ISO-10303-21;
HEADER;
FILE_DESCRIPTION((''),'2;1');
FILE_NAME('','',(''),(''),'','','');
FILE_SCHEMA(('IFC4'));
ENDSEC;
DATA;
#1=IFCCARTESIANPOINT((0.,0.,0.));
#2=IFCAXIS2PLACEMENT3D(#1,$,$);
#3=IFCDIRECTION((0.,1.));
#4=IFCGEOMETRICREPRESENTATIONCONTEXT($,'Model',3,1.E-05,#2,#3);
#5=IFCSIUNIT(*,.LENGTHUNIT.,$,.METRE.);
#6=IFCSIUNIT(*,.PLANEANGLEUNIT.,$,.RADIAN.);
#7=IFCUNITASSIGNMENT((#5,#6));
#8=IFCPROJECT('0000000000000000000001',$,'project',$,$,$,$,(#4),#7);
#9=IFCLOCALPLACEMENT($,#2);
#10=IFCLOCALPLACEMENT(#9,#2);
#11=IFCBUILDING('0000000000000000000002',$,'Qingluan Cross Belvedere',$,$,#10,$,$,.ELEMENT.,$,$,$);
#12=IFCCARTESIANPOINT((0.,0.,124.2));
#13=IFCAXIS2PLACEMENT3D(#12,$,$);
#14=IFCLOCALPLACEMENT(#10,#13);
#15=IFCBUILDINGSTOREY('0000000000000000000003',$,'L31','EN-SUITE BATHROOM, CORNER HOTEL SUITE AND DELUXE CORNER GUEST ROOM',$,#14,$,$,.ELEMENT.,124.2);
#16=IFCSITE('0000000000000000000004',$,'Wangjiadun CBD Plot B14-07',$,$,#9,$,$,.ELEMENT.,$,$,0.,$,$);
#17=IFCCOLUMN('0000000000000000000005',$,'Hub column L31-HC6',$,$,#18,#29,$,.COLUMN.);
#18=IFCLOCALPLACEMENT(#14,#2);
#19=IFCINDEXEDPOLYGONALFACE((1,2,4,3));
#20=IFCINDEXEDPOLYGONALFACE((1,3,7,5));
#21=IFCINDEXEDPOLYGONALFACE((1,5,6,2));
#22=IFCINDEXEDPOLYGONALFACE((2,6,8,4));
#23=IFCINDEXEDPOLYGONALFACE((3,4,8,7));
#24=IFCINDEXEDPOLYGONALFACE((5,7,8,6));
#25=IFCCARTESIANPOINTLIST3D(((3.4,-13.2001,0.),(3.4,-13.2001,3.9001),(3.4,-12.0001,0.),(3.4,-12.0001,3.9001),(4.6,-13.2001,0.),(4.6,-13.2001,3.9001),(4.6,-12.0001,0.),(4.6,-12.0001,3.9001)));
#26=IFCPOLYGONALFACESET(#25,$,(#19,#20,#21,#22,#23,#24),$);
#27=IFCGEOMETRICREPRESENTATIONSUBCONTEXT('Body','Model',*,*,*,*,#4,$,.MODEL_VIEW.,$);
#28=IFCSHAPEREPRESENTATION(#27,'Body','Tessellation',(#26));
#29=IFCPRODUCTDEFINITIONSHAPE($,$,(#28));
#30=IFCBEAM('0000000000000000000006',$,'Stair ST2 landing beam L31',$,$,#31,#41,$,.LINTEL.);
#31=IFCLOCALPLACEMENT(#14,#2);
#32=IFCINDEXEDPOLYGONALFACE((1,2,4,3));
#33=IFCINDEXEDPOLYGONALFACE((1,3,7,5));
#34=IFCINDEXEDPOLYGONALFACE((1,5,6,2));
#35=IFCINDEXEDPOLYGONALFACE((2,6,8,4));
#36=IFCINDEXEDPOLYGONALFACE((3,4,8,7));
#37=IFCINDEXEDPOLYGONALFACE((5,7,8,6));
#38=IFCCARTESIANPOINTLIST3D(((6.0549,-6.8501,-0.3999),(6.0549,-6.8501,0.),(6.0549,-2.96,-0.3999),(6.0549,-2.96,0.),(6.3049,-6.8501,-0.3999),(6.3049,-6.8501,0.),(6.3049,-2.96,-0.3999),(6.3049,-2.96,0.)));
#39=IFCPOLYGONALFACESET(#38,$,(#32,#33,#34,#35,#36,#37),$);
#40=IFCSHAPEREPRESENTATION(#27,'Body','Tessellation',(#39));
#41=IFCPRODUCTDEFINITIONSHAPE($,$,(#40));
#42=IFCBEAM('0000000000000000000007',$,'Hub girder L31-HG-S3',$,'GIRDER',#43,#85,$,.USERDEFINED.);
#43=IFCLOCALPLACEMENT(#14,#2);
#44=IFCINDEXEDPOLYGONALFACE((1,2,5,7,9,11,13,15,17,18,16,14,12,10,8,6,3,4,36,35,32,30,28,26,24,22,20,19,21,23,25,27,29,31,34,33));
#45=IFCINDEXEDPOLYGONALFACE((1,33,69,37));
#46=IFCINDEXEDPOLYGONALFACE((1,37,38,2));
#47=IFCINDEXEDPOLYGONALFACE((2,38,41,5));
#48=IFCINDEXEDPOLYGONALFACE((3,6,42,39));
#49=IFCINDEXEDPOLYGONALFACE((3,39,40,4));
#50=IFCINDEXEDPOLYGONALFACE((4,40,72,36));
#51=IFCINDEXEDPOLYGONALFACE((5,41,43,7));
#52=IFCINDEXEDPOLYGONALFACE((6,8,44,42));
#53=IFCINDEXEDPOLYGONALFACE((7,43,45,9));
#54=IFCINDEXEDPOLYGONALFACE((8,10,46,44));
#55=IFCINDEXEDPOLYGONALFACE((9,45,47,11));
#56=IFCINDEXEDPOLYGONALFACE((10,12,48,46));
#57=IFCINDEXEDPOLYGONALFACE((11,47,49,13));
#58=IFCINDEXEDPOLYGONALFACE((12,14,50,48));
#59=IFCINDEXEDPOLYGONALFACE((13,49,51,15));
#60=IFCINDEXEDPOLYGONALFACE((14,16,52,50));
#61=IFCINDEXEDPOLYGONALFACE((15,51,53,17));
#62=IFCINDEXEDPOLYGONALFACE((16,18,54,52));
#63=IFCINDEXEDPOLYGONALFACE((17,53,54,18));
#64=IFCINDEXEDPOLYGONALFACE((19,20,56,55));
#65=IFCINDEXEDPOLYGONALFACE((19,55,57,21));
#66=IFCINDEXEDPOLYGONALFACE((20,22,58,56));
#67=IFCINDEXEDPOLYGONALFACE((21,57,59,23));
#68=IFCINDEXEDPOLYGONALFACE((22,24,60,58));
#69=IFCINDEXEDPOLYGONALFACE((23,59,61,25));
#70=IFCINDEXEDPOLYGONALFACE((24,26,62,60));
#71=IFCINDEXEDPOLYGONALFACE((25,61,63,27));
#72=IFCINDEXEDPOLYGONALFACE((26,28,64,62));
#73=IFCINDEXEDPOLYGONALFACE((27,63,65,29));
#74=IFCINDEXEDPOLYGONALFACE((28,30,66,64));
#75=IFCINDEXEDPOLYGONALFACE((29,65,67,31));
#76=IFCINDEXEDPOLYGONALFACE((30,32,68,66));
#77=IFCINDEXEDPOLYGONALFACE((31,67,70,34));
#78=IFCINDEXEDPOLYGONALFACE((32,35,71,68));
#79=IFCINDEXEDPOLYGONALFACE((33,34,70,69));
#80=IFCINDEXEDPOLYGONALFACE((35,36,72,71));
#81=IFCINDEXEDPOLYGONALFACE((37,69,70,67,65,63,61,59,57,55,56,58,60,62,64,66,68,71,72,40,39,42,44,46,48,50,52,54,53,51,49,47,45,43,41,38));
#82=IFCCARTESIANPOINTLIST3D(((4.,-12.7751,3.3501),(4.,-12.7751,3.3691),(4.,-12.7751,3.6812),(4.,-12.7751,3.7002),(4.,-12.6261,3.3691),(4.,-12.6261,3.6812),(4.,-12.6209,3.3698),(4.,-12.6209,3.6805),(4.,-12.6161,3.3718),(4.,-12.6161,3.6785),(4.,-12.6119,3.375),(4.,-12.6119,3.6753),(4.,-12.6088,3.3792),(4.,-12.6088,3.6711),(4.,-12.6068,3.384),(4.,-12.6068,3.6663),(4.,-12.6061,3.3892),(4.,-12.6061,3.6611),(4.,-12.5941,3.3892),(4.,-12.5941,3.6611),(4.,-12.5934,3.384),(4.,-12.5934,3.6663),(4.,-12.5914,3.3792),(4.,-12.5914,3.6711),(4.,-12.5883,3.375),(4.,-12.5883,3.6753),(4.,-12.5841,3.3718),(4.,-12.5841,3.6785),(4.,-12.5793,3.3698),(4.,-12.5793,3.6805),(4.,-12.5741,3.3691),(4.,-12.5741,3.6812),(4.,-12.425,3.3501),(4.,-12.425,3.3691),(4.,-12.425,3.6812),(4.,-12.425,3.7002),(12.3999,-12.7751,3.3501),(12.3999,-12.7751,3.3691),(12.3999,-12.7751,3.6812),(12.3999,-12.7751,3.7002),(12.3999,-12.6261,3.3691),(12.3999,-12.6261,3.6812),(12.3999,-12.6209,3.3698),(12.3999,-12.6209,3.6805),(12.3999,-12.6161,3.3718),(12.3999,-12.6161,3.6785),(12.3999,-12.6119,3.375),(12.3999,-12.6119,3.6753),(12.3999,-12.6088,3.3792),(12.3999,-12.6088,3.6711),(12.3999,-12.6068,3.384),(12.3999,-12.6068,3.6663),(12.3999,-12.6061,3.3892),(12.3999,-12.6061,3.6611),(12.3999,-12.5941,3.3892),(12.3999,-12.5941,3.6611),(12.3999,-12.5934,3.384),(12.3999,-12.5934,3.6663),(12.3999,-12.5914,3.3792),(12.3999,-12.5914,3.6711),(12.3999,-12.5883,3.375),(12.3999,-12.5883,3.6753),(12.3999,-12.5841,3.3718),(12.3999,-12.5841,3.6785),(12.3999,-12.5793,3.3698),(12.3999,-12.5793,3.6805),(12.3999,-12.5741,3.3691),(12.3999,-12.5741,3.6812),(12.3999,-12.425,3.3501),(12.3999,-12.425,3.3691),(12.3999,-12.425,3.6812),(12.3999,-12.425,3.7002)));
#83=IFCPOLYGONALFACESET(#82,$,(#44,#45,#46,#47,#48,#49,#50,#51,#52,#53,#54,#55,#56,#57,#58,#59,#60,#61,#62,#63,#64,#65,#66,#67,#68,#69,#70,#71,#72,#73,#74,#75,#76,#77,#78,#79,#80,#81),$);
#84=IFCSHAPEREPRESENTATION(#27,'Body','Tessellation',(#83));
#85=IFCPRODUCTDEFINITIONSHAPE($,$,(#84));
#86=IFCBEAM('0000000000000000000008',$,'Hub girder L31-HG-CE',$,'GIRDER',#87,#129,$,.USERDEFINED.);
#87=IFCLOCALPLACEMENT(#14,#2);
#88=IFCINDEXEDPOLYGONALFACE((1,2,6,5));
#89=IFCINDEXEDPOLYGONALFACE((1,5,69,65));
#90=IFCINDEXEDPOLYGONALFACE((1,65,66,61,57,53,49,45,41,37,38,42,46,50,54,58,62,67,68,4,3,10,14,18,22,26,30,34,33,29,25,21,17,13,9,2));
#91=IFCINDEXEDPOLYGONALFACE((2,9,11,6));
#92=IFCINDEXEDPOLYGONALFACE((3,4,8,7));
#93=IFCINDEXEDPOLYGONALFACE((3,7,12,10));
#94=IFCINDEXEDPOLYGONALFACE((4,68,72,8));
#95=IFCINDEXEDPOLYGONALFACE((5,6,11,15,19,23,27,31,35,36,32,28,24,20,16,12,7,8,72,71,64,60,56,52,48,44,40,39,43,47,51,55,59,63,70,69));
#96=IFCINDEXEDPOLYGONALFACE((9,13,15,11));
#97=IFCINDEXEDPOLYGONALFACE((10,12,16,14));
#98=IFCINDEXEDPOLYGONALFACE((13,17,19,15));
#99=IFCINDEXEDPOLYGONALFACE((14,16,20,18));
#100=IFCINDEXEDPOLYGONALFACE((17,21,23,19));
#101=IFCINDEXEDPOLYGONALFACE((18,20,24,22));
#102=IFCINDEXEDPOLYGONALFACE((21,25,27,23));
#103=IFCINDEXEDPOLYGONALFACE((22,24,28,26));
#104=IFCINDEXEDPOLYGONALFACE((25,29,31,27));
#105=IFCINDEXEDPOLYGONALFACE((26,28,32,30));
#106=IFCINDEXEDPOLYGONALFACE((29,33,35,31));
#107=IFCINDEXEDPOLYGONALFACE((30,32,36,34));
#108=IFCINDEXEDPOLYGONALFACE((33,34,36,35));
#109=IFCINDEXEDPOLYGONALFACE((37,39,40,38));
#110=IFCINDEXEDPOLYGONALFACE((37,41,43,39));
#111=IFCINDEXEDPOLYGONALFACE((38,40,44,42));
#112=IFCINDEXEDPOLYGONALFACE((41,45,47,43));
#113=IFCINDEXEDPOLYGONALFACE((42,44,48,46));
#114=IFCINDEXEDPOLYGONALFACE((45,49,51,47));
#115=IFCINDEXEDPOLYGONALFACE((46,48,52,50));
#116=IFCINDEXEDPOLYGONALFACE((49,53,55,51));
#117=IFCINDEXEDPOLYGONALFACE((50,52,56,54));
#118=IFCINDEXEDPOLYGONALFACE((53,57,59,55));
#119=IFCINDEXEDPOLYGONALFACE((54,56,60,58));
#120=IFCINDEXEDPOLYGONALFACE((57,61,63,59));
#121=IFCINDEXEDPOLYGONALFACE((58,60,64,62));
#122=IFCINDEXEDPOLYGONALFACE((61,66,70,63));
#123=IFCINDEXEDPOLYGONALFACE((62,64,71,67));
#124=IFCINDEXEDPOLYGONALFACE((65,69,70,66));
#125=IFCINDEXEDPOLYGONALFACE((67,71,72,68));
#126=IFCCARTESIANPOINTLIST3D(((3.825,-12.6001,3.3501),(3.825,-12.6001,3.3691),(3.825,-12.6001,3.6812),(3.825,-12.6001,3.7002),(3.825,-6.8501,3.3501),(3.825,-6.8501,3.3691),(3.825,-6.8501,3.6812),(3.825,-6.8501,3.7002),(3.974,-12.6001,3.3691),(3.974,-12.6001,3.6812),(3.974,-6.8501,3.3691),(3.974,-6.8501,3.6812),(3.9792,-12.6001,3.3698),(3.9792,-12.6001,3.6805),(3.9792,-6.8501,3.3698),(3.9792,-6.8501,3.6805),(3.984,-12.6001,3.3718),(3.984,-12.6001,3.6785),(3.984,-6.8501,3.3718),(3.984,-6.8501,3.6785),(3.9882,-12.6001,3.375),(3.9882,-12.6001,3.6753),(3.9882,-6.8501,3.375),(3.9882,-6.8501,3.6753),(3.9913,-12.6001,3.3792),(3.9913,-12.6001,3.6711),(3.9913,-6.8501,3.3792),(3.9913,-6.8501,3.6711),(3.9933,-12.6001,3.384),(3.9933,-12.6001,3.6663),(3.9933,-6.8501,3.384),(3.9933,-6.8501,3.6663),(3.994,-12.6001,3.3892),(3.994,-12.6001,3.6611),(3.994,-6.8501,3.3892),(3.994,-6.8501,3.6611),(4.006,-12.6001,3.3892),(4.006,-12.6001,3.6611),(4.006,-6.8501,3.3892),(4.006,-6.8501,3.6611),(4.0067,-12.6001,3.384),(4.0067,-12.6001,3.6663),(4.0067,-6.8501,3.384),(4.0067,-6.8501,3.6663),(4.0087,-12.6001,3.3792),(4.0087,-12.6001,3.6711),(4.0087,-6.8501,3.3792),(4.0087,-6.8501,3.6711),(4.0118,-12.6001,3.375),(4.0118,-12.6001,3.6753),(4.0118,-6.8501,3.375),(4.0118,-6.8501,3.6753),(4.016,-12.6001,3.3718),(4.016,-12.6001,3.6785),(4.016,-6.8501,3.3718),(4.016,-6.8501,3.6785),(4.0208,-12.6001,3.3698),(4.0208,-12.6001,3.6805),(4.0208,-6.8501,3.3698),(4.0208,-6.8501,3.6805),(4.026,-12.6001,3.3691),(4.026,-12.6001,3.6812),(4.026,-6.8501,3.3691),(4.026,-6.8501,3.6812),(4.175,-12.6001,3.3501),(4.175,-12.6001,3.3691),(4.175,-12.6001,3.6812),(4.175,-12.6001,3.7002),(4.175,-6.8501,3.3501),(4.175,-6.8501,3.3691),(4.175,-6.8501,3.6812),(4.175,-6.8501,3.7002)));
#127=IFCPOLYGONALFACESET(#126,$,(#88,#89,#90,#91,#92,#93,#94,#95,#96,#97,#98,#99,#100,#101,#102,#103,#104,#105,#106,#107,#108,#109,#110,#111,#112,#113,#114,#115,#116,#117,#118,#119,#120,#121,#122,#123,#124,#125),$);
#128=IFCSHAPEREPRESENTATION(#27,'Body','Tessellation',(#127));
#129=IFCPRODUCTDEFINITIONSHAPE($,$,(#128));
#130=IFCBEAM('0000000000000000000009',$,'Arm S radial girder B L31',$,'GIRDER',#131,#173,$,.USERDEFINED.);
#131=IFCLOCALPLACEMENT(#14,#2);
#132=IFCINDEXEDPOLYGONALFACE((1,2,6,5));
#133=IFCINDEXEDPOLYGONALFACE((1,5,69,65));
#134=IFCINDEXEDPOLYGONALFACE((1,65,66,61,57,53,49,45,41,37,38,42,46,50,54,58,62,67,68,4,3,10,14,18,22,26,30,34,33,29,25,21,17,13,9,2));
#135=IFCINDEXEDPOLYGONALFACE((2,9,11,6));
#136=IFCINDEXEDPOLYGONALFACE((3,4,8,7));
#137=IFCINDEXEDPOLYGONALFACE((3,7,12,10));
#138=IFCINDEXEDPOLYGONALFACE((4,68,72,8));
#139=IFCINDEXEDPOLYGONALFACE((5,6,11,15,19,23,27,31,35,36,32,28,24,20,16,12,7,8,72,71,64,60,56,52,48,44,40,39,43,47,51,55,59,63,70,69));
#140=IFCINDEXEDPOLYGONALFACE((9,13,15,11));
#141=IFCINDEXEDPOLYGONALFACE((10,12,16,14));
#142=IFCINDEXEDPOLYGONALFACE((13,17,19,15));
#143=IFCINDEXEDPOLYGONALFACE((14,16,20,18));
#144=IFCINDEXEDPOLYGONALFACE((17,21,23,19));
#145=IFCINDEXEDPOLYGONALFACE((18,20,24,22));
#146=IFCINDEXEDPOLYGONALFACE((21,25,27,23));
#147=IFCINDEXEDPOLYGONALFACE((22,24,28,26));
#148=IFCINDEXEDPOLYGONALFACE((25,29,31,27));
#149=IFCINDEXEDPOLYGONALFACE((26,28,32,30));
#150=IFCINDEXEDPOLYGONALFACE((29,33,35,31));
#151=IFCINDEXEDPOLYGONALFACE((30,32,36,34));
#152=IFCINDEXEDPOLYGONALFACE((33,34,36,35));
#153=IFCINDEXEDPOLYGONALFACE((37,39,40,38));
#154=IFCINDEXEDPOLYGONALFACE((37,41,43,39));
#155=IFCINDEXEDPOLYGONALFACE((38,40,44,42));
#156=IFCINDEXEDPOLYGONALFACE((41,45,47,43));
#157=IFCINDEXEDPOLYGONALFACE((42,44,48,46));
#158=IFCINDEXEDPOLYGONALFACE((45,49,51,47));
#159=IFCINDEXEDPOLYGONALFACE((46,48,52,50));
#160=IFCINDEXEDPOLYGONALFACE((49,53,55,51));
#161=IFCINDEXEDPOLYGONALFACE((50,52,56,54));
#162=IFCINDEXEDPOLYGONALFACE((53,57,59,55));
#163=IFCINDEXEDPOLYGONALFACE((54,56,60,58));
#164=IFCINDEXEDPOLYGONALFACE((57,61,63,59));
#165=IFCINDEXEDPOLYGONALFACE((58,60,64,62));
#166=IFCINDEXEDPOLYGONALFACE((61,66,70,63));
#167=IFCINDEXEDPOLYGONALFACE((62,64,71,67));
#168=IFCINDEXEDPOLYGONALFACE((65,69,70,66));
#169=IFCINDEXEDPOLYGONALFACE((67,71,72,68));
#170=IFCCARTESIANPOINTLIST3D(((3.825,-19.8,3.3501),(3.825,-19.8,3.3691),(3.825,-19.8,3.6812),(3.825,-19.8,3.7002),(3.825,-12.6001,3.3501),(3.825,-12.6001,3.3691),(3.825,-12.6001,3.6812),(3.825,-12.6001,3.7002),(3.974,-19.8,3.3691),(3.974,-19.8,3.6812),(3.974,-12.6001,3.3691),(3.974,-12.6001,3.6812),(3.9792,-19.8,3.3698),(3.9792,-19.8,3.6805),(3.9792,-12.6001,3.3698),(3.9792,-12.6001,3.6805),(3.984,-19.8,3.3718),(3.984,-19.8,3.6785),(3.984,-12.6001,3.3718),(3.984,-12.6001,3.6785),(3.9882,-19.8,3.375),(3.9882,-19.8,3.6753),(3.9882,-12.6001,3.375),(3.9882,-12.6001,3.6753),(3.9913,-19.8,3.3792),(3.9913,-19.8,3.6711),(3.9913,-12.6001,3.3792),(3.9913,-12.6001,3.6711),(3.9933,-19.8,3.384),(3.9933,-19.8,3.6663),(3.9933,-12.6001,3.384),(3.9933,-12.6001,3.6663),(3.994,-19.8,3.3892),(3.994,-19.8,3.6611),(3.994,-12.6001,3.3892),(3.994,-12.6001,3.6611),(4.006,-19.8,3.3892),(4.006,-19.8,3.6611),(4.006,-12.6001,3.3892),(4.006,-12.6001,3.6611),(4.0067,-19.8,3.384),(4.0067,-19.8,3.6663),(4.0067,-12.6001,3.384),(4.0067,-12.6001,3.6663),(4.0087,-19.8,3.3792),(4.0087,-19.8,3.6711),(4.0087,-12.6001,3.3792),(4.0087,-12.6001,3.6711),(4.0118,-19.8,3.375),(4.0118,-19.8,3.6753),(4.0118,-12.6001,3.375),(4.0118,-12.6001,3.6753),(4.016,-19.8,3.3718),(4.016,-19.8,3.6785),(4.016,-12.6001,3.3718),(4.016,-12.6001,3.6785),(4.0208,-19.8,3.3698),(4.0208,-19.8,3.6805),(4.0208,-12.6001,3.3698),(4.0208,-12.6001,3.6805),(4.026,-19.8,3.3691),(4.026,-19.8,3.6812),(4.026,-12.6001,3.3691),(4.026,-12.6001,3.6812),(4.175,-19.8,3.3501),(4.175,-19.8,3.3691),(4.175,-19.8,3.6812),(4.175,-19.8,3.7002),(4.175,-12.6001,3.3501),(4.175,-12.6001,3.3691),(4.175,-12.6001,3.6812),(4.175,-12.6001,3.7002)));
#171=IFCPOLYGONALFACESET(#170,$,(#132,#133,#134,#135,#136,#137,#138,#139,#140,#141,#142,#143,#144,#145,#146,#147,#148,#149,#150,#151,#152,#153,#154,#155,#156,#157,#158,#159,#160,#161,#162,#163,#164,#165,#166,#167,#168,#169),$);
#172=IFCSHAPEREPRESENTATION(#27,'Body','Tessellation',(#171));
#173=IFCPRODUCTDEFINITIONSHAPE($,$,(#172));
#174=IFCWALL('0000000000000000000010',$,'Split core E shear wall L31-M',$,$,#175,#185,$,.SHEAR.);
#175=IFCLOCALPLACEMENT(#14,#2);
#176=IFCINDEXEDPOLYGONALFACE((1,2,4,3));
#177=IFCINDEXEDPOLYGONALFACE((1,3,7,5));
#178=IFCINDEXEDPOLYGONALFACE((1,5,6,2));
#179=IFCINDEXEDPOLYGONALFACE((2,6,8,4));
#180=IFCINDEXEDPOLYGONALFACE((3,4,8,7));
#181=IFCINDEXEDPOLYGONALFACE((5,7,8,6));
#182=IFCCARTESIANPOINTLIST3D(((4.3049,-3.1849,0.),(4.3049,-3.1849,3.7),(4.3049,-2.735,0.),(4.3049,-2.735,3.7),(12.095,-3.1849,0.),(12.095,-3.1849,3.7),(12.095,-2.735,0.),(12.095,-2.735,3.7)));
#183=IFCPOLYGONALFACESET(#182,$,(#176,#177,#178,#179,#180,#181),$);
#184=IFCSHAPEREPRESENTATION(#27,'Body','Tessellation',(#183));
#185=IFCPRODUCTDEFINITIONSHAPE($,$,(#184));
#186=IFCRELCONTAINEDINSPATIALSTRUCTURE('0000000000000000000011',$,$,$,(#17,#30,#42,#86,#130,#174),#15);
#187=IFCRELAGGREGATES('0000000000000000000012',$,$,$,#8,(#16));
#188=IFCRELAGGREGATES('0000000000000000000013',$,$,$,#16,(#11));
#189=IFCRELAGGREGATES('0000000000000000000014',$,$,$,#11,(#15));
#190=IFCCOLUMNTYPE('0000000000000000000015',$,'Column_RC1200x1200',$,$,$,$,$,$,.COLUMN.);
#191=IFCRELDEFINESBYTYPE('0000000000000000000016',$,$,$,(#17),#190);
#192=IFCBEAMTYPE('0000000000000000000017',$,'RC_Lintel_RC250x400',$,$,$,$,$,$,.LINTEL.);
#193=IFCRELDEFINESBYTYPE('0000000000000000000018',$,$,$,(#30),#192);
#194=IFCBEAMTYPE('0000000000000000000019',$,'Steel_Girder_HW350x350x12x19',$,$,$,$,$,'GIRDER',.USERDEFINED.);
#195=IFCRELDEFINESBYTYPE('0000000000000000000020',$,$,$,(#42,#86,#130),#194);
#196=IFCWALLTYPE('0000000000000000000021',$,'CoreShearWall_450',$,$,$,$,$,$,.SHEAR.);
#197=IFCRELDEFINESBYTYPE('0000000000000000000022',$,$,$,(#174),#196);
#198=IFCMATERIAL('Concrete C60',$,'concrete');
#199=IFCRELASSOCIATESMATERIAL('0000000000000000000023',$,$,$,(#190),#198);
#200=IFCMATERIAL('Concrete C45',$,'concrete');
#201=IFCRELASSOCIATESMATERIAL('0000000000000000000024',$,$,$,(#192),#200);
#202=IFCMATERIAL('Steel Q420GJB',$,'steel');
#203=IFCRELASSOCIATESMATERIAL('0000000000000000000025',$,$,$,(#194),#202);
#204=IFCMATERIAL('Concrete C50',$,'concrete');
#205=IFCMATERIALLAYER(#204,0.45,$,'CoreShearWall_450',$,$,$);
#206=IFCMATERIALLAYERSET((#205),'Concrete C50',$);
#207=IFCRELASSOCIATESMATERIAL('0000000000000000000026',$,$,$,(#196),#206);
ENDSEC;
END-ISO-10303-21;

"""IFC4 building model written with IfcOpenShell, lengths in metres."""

from ifc_helpers import new_model, si_unit, direction, frame, frame_2d, origin, origin_2d, place, context, subcontext, project, spatial, rectangle, i_section, extrude, material, layer, layer_set, material_profile, profile_set, type_object, element, save


model = new_model("IFC4")

# Units and contexts
model_context = context("Model", 3, precision=1e-05, world=origin(), true_north=direction((0.0, 1.0)))
body_context = subcontext(model_context, "Body", "Model", "MODEL_VIEW")
ifc_project = project(units=[si_unit("LENGTHUNIT", "METRE"), si_unit("PLANEANGLEUNIT", "RADIAN")], contexts=[model_context])

# Site, building, storey
site_placement = place(None, origin())
site = spatial("IfcSite", under=ifc_project, at=site_placement, Name="Wangjiadun CBD Plot B14-07", CompositionType="ELEMENT", RefElevation=0.0)
building_placement = place(site_placement, origin())
building = spatial("IfcBuilding", under=site, at=building_placement, Name="Qingluan Cross Belvedere", CompositionType="ELEMENT")
storey_placement = place(building_placement, frame((0.0, 0.0, 124.2)))
storey = spatial("IfcBuildingStorey", under=building, at=storey_placement, Name="L31", Description="EN-SUITE BATHROOM, CORNER HOTEL SUITE AND DELUXE CORNER GUEST ROOM", CompositionType="ELEMENT", Elevation=124.2)

# Column
ifc_material_1 = material(Name="Concrete C60", Category="concrete")
ifc_material_profile_1 = material_profile(ifc_material_1, rectangle(XDim=1.2, YDim=1.2, at=origin_2d()), Name="RC1200x1200")
ifc_profile_set_1 = profile_set([ifc_material_profile_1], Name="Concrete C60")
column_type = type_object("IfcColumnType", Name="Column_RC1200x1200", PredefinedType="COLUMN", material=ifc_profile_set_1)
column_placement = place(storey_placement, frame((4.0, -12.6001, 0.0), z_axis=(0.0, 0.0, 1.0), x_axis=(1.0, 0.0, 0.0)))
element("IfcColumn", 1, at=column_placement, inside=storey, type_object=column_type, Name="Hub column L31-HC6", PredefinedType="COLUMN", context=body_context, shape_type="SweptSolid", body=[
    extrude(rectangle(XDim=1.2, YDim=1.2, at=origin_2d()), origin(), (0.0, 0.0, 1.0), 3.9001),
])

# Beams
ifc_material_2 = material(Name="Concrete C45", Category="concrete")
ifc_material_profile_2 = material_profile(ifc_material_2, rectangle(XDim=0.25, YDim=0.3999, at=origin_2d()), Name="RC250x400")
ifc_profile_set_2 = profile_set([ifc_material_profile_2], Name="Concrete C45")
beam_type_1 = type_object("IfcBeamType", Name="RC_Lintel_RC250x400", PredefinedType="LINTEL", material=ifc_profile_set_2)
beam_1_placement = place(storey_placement, frame((6.1799, -6.8501, -0.2), z_axis=(0.0, 1.0, 0.0), x_axis=(-1.0, 0.0, 0.0)))
element("IfcBeam", 2, at=beam_1_placement, inside=storey, type_object=beam_type_1, Name="Stair ST2 landing beam L31", PredefinedType="LINTEL", context=body_context, shape_type="SweptSolid", body=[
    extrude(rectangle(XDim=0.25, YDim=0.3999, at=origin_2d()), origin(), (0.0, 0.0, 1.0), 3.8901),
])
ifc_material_3 = material(Name="Steel Q420GJB", Category="steel")
ifc_material_profile_3 = material_profile(ifc_material_3, i_section(OverallWidth=0.3501, OverallDepth=0.3501, WebThickness=0.012, FlangeThickness=0.019, FilletRadius=0.02, at=origin_2d()), Name="HW350x350x12x19")
ifc_profile_set_3 = profile_set([ifc_material_profile_3], Name="Steel Q420GJB")
beam_type_2 = type_object("IfcBeamType", Name="Steel_Girder_HW350x350x12x19", ElementType="GIRDER", PredefinedType="USERDEFINED", material=ifc_profile_set_3)
beam_2_placement = place(storey_placement, frame((4.0, -12.6001, 3.5251), z_axis=(1.0, 0.0, 0.0), x_axis=(0.0, 1.0, 0.0)))
element("IfcBeam", 3, at=beam_2_placement, inside=storey, type_object=beam_type_2, Name="Hub girder L31-HG-S3", ObjectType="GIRDER", PredefinedType="USERDEFINED", context=body_context, shape_type="SweptSolid", body=[
    extrude(i_section(OverallWidth=0.3501, OverallDepth=0.3501, WebThickness=0.012, FlangeThickness=0.019, FilletRadius=0.02, at=origin_2d()), origin(), (0.0, 0.0, 1.0), 8.3999),
])
beam_3_placement = place(storey_placement, frame((4.0, -12.6001, 3.5251), z_axis=(0.0, 1.0, 0.0), x_axis=(-1.0, 0.0, 0.0)))
element("IfcBeam", 4, at=beam_3_placement, inside=storey, type_object=beam_type_2, Name="Hub girder L31-HG-CE", ObjectType="GIRDER", PredefinedType="USERDEFINED", context=body_context, shape_type="SweptSolid", body=[
    extrude(i_section(OverallWidth=0.3501, OverallDepth=0.3501, WebThickness=0.012, FlangeThickness=0.019, FilletRadius=0.02, at=origin_2d()), origin(), (0.0, 0.0, 1.0), 5.75),
])
beam_4_placement = place(storey_placement, frame((4.0, -12.6001, 3.5251), z_axis=(0.0, -1.0, 0.0), x_axis=(1.0, 0.0, 0.0)))
element("IfcBeam", 5, at=beam_4_placement, inside=storey, type_object=beam_type_2, Name="Arm S radial girder B L31", ObjectType="GIRDER", PredefinedType="USERDEFINED", context=body_context, shape_type="SweptSolid", body=[
    extrude(i_section(OverallWidth=0.3501, OverallDepth=0.3501, WebThickness=0.012, FlangeThickness=0.019, FilletRadius=0.02, at=origin_2d()), origin(), (0.0, 0.0, 1.0), 7.2),
])

# Wall
ifc_material_4 = material(Name="Concrete C50", Category="concrete")
ifc_layer_1 = layer(ifc_material_4, 0.45, Name="CoreShearWall_450")
ifc_layer_set_1 = layer_set([ifc_layer_1], Name="Concrete C50")
wall_type_1 = type_object("IfcWallType", Name="CoreShearWall_450", PredefinedType="SHEAR", material=ifc_layer_set_1)
wall_1_placement = place(storey_placement, frame((4.3049, -2.96, 0.0), z_axis=(0.0, 0.0, 1.0), x_axis=(1.0, 0.0, 0.0)))
element("IfcWall", 6, at=wall_1_placement, inside=storey, type_object=wall_type_1, Name="Split core E shear wall L31-M", PredefinedType="SHEAR", context=body_context, shape_type="SweptSolid", body=[
    extrude(rectangle(XDim=7.79, YDim=0.45, at=frame_2d((3.895, 0.0))), origin(), (0.0, 0.0, 1.0), 3.7),
])

save(model, "model.ifc")
